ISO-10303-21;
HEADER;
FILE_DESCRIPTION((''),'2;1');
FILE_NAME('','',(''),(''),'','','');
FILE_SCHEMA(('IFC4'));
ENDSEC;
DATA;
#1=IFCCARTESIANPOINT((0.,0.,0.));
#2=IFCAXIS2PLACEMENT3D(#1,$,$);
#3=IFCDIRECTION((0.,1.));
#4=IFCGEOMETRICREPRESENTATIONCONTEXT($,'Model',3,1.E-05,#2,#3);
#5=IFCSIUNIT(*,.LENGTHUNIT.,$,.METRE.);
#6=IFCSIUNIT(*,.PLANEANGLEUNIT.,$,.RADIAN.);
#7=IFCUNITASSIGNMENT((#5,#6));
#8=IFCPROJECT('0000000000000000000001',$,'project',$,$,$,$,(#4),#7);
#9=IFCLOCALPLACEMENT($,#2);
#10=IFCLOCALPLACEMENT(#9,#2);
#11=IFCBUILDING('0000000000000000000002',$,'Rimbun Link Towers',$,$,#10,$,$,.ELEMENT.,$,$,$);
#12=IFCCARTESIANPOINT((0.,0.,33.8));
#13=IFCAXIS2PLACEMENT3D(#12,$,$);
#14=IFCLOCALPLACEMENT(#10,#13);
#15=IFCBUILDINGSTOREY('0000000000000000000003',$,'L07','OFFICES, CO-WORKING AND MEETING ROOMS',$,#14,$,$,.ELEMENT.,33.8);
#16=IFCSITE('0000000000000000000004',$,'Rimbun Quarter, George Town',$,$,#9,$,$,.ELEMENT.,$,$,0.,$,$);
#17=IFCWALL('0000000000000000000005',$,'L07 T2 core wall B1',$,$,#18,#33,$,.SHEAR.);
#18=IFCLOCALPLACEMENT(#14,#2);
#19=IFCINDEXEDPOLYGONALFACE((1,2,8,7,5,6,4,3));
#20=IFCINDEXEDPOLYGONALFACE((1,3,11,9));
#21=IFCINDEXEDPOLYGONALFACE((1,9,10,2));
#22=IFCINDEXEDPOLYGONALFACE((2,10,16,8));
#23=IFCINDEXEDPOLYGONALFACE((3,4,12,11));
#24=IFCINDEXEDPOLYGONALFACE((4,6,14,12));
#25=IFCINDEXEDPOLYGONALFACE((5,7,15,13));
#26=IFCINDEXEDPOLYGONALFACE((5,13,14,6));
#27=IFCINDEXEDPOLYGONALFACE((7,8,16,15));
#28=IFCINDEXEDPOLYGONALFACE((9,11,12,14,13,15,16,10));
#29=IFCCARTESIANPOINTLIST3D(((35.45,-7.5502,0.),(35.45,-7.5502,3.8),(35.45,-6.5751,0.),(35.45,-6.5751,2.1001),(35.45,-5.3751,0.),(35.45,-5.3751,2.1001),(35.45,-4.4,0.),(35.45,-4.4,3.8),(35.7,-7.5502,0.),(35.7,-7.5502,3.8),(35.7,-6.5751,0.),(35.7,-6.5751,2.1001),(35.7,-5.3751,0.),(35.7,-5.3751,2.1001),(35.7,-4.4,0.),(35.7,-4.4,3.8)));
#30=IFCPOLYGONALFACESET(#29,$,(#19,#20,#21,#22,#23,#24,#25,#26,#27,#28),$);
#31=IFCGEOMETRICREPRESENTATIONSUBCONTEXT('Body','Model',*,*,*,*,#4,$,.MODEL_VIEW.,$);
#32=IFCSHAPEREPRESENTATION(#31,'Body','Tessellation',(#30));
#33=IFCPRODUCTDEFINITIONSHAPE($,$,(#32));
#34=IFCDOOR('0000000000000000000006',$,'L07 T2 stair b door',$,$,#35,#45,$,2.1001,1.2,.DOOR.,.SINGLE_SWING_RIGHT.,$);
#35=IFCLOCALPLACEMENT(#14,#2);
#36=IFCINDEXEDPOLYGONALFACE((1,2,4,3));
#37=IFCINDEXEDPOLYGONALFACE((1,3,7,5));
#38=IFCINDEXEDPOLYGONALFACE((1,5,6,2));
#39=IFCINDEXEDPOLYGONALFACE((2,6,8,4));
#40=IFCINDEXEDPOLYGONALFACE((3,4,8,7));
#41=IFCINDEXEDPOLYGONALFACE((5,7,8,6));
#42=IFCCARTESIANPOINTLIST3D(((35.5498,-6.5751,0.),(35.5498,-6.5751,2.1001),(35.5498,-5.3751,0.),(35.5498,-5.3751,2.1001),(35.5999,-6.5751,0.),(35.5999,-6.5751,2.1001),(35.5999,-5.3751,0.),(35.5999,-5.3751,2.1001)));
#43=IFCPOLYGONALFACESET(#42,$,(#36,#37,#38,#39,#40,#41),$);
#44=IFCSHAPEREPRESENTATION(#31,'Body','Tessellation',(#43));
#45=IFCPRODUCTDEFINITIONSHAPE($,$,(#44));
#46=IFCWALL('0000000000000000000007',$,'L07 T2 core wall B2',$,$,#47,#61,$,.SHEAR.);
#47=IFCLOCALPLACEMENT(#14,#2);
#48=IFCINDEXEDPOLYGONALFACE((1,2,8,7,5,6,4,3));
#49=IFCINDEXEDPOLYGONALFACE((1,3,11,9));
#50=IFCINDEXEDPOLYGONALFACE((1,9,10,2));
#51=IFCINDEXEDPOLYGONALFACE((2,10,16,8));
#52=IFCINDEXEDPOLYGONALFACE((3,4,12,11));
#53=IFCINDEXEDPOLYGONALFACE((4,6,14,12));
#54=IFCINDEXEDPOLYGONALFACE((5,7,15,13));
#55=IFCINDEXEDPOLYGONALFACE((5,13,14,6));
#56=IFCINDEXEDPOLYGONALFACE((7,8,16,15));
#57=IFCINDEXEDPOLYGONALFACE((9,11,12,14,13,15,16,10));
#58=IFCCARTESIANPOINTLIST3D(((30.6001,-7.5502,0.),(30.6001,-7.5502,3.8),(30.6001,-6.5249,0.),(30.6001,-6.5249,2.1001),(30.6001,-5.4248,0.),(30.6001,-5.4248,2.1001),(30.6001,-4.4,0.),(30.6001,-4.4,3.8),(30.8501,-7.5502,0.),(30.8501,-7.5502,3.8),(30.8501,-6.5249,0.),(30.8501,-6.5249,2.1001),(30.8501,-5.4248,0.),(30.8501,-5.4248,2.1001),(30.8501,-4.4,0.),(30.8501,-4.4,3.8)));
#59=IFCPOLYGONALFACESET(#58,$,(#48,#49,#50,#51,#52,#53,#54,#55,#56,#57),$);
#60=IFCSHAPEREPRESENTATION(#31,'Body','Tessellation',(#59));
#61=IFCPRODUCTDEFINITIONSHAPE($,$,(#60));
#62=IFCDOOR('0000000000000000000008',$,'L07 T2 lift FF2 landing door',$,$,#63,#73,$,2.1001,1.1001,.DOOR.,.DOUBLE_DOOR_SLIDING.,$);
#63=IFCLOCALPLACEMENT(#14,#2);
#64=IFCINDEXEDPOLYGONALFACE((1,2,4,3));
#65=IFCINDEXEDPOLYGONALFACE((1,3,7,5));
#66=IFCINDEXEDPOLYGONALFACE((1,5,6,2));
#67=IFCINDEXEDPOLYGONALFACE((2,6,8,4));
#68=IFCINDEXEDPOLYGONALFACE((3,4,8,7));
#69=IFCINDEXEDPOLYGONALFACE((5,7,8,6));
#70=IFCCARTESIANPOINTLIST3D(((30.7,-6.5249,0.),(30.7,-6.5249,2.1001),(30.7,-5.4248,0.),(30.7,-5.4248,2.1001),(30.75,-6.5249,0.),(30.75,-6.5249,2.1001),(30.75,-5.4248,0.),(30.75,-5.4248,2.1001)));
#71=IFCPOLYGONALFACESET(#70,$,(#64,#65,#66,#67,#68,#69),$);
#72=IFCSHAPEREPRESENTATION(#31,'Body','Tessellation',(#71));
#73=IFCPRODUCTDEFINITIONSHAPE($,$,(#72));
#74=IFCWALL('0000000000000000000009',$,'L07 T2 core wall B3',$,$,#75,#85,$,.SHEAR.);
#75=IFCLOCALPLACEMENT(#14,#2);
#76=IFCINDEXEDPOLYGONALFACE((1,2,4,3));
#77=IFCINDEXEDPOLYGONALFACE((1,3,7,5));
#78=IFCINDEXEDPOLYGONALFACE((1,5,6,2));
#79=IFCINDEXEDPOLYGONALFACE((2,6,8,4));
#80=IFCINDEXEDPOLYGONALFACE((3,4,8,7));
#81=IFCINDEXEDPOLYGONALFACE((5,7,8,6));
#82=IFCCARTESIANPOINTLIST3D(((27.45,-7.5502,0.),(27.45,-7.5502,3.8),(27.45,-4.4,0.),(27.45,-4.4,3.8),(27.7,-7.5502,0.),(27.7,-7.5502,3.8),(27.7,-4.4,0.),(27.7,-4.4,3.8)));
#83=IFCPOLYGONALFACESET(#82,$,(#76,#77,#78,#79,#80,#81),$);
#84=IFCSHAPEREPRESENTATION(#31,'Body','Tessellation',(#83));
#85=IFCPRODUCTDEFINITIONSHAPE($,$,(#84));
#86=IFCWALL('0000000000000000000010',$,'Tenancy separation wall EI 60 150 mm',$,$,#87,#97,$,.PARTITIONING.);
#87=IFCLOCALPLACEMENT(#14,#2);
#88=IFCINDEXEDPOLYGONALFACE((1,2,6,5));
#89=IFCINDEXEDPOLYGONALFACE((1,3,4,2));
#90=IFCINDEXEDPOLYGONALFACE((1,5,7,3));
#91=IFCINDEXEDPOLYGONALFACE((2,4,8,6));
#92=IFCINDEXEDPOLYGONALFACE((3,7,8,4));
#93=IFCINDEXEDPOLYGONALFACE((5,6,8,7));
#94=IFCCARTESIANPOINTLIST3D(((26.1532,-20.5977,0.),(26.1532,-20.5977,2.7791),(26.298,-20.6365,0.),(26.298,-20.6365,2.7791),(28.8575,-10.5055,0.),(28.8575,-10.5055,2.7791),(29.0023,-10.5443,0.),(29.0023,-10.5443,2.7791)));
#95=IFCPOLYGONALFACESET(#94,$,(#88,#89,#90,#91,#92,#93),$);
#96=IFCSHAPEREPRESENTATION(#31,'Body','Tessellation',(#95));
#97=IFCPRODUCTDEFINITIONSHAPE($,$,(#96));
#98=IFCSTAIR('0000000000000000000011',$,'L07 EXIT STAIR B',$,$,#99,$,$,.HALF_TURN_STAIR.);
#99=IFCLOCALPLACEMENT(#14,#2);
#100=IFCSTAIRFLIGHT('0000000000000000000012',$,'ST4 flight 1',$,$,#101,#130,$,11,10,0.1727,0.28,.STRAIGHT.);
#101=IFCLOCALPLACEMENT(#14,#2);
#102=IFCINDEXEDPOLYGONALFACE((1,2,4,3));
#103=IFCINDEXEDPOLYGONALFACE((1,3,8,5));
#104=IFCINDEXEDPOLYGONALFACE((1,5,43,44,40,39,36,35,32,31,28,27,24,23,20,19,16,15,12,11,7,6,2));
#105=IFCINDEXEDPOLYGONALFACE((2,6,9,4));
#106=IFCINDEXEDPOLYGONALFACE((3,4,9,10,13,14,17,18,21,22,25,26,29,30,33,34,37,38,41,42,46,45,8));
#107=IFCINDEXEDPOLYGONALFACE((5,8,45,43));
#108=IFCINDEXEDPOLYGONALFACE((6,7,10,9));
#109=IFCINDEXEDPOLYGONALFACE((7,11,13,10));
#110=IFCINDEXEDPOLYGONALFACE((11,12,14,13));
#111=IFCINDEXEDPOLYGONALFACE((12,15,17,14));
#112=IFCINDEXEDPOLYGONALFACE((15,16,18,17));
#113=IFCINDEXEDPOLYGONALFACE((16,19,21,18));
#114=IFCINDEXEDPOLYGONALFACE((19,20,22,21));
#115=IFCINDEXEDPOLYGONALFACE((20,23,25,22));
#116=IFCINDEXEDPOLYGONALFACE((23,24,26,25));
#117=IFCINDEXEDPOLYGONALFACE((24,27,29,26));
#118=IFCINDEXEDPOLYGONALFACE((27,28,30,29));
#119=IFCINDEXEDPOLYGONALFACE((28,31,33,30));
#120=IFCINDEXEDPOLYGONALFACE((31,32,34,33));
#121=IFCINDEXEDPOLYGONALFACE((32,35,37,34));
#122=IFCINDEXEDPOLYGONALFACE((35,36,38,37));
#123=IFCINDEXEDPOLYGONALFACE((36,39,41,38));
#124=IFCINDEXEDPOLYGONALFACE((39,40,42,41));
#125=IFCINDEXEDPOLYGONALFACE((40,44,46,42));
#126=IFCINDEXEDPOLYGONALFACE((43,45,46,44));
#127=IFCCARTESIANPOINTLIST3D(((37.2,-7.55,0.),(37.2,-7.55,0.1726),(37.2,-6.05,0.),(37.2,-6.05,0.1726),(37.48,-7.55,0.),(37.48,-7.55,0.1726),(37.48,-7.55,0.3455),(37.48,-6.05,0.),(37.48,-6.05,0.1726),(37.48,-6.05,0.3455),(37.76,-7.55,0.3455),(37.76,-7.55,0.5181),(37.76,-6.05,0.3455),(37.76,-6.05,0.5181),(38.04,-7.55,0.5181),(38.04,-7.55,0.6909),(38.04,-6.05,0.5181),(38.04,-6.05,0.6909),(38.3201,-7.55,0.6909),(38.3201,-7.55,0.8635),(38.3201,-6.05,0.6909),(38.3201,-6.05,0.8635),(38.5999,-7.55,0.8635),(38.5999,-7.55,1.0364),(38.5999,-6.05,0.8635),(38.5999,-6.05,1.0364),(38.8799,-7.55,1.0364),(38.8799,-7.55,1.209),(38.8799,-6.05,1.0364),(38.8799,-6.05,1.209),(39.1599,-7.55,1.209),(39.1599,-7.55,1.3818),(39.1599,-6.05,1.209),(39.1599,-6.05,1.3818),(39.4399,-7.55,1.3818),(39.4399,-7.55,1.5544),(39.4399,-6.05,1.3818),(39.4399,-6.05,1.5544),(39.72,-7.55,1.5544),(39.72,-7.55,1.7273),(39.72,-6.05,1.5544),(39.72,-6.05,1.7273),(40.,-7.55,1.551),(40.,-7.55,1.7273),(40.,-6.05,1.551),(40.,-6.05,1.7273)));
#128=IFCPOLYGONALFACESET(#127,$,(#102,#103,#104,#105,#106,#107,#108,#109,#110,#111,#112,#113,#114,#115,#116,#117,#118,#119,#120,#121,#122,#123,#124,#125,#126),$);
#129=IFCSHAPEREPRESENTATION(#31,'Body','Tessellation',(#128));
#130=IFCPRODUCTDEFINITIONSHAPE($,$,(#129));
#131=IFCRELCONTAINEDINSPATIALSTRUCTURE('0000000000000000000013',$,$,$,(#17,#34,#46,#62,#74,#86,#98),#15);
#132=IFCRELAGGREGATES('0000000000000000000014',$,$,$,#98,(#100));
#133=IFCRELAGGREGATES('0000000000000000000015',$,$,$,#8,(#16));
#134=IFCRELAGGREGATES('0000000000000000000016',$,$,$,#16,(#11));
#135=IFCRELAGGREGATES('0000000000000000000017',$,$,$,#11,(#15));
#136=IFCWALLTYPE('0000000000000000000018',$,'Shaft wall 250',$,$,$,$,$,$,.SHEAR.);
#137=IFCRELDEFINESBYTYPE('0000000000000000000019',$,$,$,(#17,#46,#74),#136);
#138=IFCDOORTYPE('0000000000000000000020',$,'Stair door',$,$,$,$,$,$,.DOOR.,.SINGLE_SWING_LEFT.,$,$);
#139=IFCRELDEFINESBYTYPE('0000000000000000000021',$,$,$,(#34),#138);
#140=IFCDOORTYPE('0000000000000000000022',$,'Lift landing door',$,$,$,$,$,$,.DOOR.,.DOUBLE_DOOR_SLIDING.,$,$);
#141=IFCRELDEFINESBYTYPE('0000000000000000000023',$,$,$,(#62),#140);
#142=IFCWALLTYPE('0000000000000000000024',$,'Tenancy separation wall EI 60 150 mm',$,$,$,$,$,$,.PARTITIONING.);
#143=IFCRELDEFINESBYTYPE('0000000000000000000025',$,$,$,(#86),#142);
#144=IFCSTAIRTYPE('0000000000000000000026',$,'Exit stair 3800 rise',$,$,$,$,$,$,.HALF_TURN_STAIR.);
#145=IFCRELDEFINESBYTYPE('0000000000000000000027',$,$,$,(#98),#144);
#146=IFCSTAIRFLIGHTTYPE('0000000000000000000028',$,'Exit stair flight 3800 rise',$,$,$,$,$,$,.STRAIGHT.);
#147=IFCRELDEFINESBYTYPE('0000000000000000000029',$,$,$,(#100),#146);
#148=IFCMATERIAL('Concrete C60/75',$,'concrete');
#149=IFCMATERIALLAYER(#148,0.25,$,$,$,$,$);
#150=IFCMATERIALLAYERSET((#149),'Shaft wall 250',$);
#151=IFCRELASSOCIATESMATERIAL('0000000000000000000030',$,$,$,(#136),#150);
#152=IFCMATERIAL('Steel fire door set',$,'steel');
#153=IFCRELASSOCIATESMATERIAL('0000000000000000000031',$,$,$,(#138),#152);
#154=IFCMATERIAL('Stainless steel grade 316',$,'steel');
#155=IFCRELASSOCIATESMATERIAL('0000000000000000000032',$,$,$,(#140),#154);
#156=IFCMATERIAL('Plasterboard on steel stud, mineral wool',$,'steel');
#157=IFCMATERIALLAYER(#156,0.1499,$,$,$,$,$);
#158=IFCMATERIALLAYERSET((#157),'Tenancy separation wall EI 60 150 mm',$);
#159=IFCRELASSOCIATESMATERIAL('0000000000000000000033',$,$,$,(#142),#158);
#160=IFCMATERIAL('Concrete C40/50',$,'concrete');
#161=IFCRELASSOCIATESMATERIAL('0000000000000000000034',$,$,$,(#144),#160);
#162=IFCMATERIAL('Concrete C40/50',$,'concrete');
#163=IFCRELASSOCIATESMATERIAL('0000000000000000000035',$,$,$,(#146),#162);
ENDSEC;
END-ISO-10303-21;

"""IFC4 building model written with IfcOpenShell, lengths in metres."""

from ifc_helpers import new_model, si_unit, direction, frame, frame_2d, origin, place, context, subcontext, project, spatial, polyline, rectangle, outline, extrude, material, layer, layer_set, type_object, element, fill, aggregate, save


model = new_model("IFC4")

# Units and contexts
model_context = context("Model", 3, precision=1e-05, world=origin(), true_north=direction((0.0, 1.0)))
body_context = subcontext(model_context, "Body", "Model", "MODEL_VIEW")
ifc_project = project(units=[si_unit("LENGTHUNIT", "METRE"), si_unit("PLANEANGLEUNIT", "RADIAN")], contexts=[model_context])

# Site, building, storey
site_placement = place(None, origin())
site = spatial("IfcSite", under=ifc_project, at=site_placement, Name="Rimbun Quarter, George Town", CompositionType="ELEMENT", RefElevation=0.0)
building_placement = place(site_placement, origin())
building = spatial("IfcBuilding", under=site, at=building_placement, Name="Rimbun Link Towers", CompositionType="ELEMENT")
storey_placement = place(building_placement, frame((0.0, 0.0, 33.8)))
storey = spatial("IfcBuildingStorey", under=building, at=storey_placement, Name="L07", Description="OFFICES, CO-WORKING AND MEETING ROOMS", CompositionType="ELEMENT", Elevation=33.8)

# Shared definitions
ifc_material_1 = material(Name="Concrete C60/75", Category="concrete")
ifc_layer_1 = layer(ifc_material_1, 0.25)
ifc_layer_set_1 = layer_set([ifc_layer_1], Name="Shaft wall 250")
wall_type_1 = type_object("IfcWallType", Name="Shaft wall 250", PredefinedType="SHEAR", material=ifc_layer_set_1)

# Walls, openings, doors
wall_1_placement = place(storey_placement, frame((35.575, -4.3999, 0.0), z_axis=(0.0, 0.0, 1.0), x_axis=(0.0, -1.0, 0.0)))
wall_1 = element("IfcWall", 1, at=wall_1_placement, inside=storey, type_object=wall_type_1, Name="L07 T2 core wall B1", PredefinedType="SHEAR", context=body_context, shape_type="SweptSolid", body=[
    extrude(rectangle(XDim=3.1501, YDim=0.25, at=frame_2d((1.5752, 0.0))), origin(), (0.0, 0.0, 1.0), 3.8),
])
opening_1_placement = place(wall_1_placement, frame((0.9751, 0.0, 0.0)))
opening_1 = element("IfcOpeningElement", 2, at=opening_1_placement, cuts=wall_1, PredefinedType="OPENING", context=body_context, shape_type="SweptSolid", body=[
    extrude(rectangle(XDim=1.2, YDim=2.1001, at=frame_2d((0.6001, 1.05))), frame((0.0, 0.135, 0.0), z_axis=(0.0, -1.0, 0.0), x_axis=(1.0, 0.0, 0.0)), (0.0, 0.0, 1.0), 0.27),
])
ifc_material_2 = material(Name="Steel fire door set", Category="steel")
door_type_1 = type_object("IfcDoorType", Name="Stair door", OperationType="SINGLE_SWING_LEFT", PredefinedType="DOOR", material=ifc_material_2)
door_1_placement = place(opening_1_placement, origin())
door_1 = element("IfcDoor", 3, at=door_1_placement, inside=storey, type_object=door_type_1, Name="L07 T2 stair b door", OperationType="SINGLE_SWING_RIGHT", OverallHeight=2.1001, OverallWidth=1.2, PredefinedType="DOOR", context=body_context, shape_type="SweptSolid", body=[
    extrude(rectangle(XDim=1.2, YDim=2.1001, at=frame_2d((0.6001, 1.05))), frame((0.0, 0.0249, 0.0), z_axis=(0.0, -1.0, 0.0), x_axis=(1.0, 0.0, 0.0)), (0.0, 0.0, 1.0), 0.05),
])
fill(opening_1, door_1)
wall_2_placement = place(storey_placement, frame((30.7251, -4.3999, 0.0), z_axis=(0.0, 0.0, 1.0), x_axis=(0.0, -1.0, 0.0)))
wall_2 = element("IfcWall", 4, at=wall_2_placement, inside=storey, type_object=wall_type_1, Name="L07 T2 core wall B2", PredefinedType="SHEAR", context=body_context, shape_type="SweptSolid", body=[
    extrude(rectangle(XDim=3.1501, YDim=0.25, at=frame_2d((1.5752, 0.0))), origin(), (0.0, 0.0, 1.0), 3.8),
])
opening_2_placement = place(wall_2_placement, frame((1.0249, 0.0, 0.0)))
opening_2 = element("IfcOpeningElement", 5, at=opening_2_placement, cuts=wall_2, PredefinedType="OPENING", context=body_context, shape_type="SweptSolid", body=[
    extrude(rectangle(XDim=1.1001, YDim=2.1001, at=frame_2d((0.55, 1.05))), frame((0.0, 0.135, 0.0), z_axis=(0.0, -1.0, 0.0), x_axis=(1.0, 0.0, 0.0)), (0.0, 0.0, 1.0), 0.27),
])
ifc_material_3 = material(Name="Stainless steel grade 316", Category="steel")
door_type_2 = type_object("IfcDoorType", Name="Lift landing door", OperationType="DOUBLE_DOOR_SLIDING", PredefinedType="DOOR", material=ifc_material_3)
door_2_placement = place(opening_2_placement, origin())
door_2 = element("IfcDoor", 6, at=door_2_placement, inside=storey, type_object=door_type_2, Name="L07 T2 lift FF2 landing door", OperationType="DOUBLE_DOOR_SLIDING", OverallHeight=2.1001, OverallWidth=1.1001, PredefinedType="DOOR", context=body_context, shape_type="SweptSolid", body=[
    extrude(rectangle(XDim=1.1001, YDim=2.1001, at=frame_2d((0.55, 1.05))), frame((0.0, 0.0249, 0.0), z_axis=(0.0, -1.0, 0.0), x_axis=(1.0, 0.0, 0.0)), (0.0, 0.0, 1.0), 0.05),
])
fill(opening_2, door_2)

# Walls
wall_3_placement = place(storey_placement, frame((27.575, -4.3999, 0.0), z_axis=(0.0, 0.0, 1.0), x_axis=(0.0, -1.0, 0.0)))
element("IfcWall", 7, at=wall_3_placement, inside=storey, type_object=wall_type_1, Name="L07 T2 core wall B3", PredefinedType="SHEAR", context=body_context, shape_type="SweptSolid", body=[
    extrude(rectangle(XDim=3.1501, YDim=0.25, at=frame_2d((1.5752, 0.0))), origin(), (0.0, 0.0, 1.0), 3.8),
])
ifc_material_4 = material(Name="Plasterboard on steel stud, mineral wool", Category="steel")
ifc_layer_2 = layer(ifc_material_4, 0.1499)
ifc_layer_set_2 = layer_set([ifc_layer_2], Name="Tenancy separation wall EI 60 150 mm")
wall_type_2 = type_object("IfcWallType", Name="Tenancy separation wall EI 60 150 mm", PredefinedType="PARTITIONING", material=ifc_layer_set_2)
wall_4_placement = place(storey_placement, frame((28.9299, -10.5249, 0.0), z_axis=(0.0, 0.0, 1.0), x_axis=(-0.25883, -0.965923, 0.0)))
element("IfcWall", 8, at=wall_4_placement, inside=storey, type_object=wall_type_2, Name="Tenancy separation wall EI 60 150 mm", PredefinedType="PARTITIONING", context=body_context, shape_type="SweptSolid", body=[
    extrude(rectangle(XDim=10.4482, YDim=0.1499, at=frame_2d((5.2241, 0.0))), origin(), (0.0, 0.0, 1.0), 2.7791),
])

# Stair, stair flight
ifc_material_5 = material(Name="Concrete C40/50", Category="concrete")
stair_type = type_object("IfcStairType", Name="Exit stair 3800 rise", PredefinedType="HALF_TURN_STAIR", material=ifc_material_5)
stair_placement = place(storey_placement, origin())
stair = element("IfcStair", 9, at=stair_placement, inside=storey, type_object=stair_type, Name="L07 EXIT STAIR B", PredefinedType="HALF_TURN_STAIR")
ifc_material_6 = material(Name="Concrete C40/50", Category="concrete")
stair_flight_type = type_object("IfcStairFlightType", Name="Exit stair flight 3800 rise", PredefinedType="STRAIGHT", material=ifc_material_6)
stair_flight_placement = place(storey_placement, frame((37.2, -6.8, 0.0), z_axis=(0.0, 0.0, 1.0), x_axis=(1.0, 0.0, 0.0)))
stair_flight = element("IfcStairFlight", 10, at=stair_flight_placement, type_object=stair_flight_type, Name="ST4 flight 1", NumberOfRisers=11, NumberOfTreads=10, PredefinedType="STRAIGHT", RiserHeight=0.1727, TreadLength=0.28, context=body_context, shape_type="SweptSolid", body=[
    extrude(outline(polyline([(0.0, 0.0), (0.0, 0.1726), (0.28, 0.1726), (0.28, 0.3455), (0.5601, 0.3455), (0.5601, 0.5181), (0.8401, 0.5181), (0.8401, 0.6909), (1.1201, 0.6909), (1.1201, 0.8635), (1.3999, 0.8635), (1.3999, 1.0364), (1.6799, 1.0364), (1.6799, 1.209), (1.96, 1.209), (1.96, 1.3818), (2.24, 1.3818), (2.24, 1.5544), (2.52, 1.5544), (2.52, 1.7273), (2.8, 1.7273), (2.8, 1.8999), (2.8, 1.551), (0.28, 0.0), (0.0, 0.0)])), frame((0.0, 0.75, 0.0), z_axis=(0.0, -1.0, 0.0), x_axis=(1.0, 0.0, 0.0)), (0.0, 0.0, 1.0), 1.5),
])
aggregate(stair, [stair_flight])

save(model, "model.ifc")
